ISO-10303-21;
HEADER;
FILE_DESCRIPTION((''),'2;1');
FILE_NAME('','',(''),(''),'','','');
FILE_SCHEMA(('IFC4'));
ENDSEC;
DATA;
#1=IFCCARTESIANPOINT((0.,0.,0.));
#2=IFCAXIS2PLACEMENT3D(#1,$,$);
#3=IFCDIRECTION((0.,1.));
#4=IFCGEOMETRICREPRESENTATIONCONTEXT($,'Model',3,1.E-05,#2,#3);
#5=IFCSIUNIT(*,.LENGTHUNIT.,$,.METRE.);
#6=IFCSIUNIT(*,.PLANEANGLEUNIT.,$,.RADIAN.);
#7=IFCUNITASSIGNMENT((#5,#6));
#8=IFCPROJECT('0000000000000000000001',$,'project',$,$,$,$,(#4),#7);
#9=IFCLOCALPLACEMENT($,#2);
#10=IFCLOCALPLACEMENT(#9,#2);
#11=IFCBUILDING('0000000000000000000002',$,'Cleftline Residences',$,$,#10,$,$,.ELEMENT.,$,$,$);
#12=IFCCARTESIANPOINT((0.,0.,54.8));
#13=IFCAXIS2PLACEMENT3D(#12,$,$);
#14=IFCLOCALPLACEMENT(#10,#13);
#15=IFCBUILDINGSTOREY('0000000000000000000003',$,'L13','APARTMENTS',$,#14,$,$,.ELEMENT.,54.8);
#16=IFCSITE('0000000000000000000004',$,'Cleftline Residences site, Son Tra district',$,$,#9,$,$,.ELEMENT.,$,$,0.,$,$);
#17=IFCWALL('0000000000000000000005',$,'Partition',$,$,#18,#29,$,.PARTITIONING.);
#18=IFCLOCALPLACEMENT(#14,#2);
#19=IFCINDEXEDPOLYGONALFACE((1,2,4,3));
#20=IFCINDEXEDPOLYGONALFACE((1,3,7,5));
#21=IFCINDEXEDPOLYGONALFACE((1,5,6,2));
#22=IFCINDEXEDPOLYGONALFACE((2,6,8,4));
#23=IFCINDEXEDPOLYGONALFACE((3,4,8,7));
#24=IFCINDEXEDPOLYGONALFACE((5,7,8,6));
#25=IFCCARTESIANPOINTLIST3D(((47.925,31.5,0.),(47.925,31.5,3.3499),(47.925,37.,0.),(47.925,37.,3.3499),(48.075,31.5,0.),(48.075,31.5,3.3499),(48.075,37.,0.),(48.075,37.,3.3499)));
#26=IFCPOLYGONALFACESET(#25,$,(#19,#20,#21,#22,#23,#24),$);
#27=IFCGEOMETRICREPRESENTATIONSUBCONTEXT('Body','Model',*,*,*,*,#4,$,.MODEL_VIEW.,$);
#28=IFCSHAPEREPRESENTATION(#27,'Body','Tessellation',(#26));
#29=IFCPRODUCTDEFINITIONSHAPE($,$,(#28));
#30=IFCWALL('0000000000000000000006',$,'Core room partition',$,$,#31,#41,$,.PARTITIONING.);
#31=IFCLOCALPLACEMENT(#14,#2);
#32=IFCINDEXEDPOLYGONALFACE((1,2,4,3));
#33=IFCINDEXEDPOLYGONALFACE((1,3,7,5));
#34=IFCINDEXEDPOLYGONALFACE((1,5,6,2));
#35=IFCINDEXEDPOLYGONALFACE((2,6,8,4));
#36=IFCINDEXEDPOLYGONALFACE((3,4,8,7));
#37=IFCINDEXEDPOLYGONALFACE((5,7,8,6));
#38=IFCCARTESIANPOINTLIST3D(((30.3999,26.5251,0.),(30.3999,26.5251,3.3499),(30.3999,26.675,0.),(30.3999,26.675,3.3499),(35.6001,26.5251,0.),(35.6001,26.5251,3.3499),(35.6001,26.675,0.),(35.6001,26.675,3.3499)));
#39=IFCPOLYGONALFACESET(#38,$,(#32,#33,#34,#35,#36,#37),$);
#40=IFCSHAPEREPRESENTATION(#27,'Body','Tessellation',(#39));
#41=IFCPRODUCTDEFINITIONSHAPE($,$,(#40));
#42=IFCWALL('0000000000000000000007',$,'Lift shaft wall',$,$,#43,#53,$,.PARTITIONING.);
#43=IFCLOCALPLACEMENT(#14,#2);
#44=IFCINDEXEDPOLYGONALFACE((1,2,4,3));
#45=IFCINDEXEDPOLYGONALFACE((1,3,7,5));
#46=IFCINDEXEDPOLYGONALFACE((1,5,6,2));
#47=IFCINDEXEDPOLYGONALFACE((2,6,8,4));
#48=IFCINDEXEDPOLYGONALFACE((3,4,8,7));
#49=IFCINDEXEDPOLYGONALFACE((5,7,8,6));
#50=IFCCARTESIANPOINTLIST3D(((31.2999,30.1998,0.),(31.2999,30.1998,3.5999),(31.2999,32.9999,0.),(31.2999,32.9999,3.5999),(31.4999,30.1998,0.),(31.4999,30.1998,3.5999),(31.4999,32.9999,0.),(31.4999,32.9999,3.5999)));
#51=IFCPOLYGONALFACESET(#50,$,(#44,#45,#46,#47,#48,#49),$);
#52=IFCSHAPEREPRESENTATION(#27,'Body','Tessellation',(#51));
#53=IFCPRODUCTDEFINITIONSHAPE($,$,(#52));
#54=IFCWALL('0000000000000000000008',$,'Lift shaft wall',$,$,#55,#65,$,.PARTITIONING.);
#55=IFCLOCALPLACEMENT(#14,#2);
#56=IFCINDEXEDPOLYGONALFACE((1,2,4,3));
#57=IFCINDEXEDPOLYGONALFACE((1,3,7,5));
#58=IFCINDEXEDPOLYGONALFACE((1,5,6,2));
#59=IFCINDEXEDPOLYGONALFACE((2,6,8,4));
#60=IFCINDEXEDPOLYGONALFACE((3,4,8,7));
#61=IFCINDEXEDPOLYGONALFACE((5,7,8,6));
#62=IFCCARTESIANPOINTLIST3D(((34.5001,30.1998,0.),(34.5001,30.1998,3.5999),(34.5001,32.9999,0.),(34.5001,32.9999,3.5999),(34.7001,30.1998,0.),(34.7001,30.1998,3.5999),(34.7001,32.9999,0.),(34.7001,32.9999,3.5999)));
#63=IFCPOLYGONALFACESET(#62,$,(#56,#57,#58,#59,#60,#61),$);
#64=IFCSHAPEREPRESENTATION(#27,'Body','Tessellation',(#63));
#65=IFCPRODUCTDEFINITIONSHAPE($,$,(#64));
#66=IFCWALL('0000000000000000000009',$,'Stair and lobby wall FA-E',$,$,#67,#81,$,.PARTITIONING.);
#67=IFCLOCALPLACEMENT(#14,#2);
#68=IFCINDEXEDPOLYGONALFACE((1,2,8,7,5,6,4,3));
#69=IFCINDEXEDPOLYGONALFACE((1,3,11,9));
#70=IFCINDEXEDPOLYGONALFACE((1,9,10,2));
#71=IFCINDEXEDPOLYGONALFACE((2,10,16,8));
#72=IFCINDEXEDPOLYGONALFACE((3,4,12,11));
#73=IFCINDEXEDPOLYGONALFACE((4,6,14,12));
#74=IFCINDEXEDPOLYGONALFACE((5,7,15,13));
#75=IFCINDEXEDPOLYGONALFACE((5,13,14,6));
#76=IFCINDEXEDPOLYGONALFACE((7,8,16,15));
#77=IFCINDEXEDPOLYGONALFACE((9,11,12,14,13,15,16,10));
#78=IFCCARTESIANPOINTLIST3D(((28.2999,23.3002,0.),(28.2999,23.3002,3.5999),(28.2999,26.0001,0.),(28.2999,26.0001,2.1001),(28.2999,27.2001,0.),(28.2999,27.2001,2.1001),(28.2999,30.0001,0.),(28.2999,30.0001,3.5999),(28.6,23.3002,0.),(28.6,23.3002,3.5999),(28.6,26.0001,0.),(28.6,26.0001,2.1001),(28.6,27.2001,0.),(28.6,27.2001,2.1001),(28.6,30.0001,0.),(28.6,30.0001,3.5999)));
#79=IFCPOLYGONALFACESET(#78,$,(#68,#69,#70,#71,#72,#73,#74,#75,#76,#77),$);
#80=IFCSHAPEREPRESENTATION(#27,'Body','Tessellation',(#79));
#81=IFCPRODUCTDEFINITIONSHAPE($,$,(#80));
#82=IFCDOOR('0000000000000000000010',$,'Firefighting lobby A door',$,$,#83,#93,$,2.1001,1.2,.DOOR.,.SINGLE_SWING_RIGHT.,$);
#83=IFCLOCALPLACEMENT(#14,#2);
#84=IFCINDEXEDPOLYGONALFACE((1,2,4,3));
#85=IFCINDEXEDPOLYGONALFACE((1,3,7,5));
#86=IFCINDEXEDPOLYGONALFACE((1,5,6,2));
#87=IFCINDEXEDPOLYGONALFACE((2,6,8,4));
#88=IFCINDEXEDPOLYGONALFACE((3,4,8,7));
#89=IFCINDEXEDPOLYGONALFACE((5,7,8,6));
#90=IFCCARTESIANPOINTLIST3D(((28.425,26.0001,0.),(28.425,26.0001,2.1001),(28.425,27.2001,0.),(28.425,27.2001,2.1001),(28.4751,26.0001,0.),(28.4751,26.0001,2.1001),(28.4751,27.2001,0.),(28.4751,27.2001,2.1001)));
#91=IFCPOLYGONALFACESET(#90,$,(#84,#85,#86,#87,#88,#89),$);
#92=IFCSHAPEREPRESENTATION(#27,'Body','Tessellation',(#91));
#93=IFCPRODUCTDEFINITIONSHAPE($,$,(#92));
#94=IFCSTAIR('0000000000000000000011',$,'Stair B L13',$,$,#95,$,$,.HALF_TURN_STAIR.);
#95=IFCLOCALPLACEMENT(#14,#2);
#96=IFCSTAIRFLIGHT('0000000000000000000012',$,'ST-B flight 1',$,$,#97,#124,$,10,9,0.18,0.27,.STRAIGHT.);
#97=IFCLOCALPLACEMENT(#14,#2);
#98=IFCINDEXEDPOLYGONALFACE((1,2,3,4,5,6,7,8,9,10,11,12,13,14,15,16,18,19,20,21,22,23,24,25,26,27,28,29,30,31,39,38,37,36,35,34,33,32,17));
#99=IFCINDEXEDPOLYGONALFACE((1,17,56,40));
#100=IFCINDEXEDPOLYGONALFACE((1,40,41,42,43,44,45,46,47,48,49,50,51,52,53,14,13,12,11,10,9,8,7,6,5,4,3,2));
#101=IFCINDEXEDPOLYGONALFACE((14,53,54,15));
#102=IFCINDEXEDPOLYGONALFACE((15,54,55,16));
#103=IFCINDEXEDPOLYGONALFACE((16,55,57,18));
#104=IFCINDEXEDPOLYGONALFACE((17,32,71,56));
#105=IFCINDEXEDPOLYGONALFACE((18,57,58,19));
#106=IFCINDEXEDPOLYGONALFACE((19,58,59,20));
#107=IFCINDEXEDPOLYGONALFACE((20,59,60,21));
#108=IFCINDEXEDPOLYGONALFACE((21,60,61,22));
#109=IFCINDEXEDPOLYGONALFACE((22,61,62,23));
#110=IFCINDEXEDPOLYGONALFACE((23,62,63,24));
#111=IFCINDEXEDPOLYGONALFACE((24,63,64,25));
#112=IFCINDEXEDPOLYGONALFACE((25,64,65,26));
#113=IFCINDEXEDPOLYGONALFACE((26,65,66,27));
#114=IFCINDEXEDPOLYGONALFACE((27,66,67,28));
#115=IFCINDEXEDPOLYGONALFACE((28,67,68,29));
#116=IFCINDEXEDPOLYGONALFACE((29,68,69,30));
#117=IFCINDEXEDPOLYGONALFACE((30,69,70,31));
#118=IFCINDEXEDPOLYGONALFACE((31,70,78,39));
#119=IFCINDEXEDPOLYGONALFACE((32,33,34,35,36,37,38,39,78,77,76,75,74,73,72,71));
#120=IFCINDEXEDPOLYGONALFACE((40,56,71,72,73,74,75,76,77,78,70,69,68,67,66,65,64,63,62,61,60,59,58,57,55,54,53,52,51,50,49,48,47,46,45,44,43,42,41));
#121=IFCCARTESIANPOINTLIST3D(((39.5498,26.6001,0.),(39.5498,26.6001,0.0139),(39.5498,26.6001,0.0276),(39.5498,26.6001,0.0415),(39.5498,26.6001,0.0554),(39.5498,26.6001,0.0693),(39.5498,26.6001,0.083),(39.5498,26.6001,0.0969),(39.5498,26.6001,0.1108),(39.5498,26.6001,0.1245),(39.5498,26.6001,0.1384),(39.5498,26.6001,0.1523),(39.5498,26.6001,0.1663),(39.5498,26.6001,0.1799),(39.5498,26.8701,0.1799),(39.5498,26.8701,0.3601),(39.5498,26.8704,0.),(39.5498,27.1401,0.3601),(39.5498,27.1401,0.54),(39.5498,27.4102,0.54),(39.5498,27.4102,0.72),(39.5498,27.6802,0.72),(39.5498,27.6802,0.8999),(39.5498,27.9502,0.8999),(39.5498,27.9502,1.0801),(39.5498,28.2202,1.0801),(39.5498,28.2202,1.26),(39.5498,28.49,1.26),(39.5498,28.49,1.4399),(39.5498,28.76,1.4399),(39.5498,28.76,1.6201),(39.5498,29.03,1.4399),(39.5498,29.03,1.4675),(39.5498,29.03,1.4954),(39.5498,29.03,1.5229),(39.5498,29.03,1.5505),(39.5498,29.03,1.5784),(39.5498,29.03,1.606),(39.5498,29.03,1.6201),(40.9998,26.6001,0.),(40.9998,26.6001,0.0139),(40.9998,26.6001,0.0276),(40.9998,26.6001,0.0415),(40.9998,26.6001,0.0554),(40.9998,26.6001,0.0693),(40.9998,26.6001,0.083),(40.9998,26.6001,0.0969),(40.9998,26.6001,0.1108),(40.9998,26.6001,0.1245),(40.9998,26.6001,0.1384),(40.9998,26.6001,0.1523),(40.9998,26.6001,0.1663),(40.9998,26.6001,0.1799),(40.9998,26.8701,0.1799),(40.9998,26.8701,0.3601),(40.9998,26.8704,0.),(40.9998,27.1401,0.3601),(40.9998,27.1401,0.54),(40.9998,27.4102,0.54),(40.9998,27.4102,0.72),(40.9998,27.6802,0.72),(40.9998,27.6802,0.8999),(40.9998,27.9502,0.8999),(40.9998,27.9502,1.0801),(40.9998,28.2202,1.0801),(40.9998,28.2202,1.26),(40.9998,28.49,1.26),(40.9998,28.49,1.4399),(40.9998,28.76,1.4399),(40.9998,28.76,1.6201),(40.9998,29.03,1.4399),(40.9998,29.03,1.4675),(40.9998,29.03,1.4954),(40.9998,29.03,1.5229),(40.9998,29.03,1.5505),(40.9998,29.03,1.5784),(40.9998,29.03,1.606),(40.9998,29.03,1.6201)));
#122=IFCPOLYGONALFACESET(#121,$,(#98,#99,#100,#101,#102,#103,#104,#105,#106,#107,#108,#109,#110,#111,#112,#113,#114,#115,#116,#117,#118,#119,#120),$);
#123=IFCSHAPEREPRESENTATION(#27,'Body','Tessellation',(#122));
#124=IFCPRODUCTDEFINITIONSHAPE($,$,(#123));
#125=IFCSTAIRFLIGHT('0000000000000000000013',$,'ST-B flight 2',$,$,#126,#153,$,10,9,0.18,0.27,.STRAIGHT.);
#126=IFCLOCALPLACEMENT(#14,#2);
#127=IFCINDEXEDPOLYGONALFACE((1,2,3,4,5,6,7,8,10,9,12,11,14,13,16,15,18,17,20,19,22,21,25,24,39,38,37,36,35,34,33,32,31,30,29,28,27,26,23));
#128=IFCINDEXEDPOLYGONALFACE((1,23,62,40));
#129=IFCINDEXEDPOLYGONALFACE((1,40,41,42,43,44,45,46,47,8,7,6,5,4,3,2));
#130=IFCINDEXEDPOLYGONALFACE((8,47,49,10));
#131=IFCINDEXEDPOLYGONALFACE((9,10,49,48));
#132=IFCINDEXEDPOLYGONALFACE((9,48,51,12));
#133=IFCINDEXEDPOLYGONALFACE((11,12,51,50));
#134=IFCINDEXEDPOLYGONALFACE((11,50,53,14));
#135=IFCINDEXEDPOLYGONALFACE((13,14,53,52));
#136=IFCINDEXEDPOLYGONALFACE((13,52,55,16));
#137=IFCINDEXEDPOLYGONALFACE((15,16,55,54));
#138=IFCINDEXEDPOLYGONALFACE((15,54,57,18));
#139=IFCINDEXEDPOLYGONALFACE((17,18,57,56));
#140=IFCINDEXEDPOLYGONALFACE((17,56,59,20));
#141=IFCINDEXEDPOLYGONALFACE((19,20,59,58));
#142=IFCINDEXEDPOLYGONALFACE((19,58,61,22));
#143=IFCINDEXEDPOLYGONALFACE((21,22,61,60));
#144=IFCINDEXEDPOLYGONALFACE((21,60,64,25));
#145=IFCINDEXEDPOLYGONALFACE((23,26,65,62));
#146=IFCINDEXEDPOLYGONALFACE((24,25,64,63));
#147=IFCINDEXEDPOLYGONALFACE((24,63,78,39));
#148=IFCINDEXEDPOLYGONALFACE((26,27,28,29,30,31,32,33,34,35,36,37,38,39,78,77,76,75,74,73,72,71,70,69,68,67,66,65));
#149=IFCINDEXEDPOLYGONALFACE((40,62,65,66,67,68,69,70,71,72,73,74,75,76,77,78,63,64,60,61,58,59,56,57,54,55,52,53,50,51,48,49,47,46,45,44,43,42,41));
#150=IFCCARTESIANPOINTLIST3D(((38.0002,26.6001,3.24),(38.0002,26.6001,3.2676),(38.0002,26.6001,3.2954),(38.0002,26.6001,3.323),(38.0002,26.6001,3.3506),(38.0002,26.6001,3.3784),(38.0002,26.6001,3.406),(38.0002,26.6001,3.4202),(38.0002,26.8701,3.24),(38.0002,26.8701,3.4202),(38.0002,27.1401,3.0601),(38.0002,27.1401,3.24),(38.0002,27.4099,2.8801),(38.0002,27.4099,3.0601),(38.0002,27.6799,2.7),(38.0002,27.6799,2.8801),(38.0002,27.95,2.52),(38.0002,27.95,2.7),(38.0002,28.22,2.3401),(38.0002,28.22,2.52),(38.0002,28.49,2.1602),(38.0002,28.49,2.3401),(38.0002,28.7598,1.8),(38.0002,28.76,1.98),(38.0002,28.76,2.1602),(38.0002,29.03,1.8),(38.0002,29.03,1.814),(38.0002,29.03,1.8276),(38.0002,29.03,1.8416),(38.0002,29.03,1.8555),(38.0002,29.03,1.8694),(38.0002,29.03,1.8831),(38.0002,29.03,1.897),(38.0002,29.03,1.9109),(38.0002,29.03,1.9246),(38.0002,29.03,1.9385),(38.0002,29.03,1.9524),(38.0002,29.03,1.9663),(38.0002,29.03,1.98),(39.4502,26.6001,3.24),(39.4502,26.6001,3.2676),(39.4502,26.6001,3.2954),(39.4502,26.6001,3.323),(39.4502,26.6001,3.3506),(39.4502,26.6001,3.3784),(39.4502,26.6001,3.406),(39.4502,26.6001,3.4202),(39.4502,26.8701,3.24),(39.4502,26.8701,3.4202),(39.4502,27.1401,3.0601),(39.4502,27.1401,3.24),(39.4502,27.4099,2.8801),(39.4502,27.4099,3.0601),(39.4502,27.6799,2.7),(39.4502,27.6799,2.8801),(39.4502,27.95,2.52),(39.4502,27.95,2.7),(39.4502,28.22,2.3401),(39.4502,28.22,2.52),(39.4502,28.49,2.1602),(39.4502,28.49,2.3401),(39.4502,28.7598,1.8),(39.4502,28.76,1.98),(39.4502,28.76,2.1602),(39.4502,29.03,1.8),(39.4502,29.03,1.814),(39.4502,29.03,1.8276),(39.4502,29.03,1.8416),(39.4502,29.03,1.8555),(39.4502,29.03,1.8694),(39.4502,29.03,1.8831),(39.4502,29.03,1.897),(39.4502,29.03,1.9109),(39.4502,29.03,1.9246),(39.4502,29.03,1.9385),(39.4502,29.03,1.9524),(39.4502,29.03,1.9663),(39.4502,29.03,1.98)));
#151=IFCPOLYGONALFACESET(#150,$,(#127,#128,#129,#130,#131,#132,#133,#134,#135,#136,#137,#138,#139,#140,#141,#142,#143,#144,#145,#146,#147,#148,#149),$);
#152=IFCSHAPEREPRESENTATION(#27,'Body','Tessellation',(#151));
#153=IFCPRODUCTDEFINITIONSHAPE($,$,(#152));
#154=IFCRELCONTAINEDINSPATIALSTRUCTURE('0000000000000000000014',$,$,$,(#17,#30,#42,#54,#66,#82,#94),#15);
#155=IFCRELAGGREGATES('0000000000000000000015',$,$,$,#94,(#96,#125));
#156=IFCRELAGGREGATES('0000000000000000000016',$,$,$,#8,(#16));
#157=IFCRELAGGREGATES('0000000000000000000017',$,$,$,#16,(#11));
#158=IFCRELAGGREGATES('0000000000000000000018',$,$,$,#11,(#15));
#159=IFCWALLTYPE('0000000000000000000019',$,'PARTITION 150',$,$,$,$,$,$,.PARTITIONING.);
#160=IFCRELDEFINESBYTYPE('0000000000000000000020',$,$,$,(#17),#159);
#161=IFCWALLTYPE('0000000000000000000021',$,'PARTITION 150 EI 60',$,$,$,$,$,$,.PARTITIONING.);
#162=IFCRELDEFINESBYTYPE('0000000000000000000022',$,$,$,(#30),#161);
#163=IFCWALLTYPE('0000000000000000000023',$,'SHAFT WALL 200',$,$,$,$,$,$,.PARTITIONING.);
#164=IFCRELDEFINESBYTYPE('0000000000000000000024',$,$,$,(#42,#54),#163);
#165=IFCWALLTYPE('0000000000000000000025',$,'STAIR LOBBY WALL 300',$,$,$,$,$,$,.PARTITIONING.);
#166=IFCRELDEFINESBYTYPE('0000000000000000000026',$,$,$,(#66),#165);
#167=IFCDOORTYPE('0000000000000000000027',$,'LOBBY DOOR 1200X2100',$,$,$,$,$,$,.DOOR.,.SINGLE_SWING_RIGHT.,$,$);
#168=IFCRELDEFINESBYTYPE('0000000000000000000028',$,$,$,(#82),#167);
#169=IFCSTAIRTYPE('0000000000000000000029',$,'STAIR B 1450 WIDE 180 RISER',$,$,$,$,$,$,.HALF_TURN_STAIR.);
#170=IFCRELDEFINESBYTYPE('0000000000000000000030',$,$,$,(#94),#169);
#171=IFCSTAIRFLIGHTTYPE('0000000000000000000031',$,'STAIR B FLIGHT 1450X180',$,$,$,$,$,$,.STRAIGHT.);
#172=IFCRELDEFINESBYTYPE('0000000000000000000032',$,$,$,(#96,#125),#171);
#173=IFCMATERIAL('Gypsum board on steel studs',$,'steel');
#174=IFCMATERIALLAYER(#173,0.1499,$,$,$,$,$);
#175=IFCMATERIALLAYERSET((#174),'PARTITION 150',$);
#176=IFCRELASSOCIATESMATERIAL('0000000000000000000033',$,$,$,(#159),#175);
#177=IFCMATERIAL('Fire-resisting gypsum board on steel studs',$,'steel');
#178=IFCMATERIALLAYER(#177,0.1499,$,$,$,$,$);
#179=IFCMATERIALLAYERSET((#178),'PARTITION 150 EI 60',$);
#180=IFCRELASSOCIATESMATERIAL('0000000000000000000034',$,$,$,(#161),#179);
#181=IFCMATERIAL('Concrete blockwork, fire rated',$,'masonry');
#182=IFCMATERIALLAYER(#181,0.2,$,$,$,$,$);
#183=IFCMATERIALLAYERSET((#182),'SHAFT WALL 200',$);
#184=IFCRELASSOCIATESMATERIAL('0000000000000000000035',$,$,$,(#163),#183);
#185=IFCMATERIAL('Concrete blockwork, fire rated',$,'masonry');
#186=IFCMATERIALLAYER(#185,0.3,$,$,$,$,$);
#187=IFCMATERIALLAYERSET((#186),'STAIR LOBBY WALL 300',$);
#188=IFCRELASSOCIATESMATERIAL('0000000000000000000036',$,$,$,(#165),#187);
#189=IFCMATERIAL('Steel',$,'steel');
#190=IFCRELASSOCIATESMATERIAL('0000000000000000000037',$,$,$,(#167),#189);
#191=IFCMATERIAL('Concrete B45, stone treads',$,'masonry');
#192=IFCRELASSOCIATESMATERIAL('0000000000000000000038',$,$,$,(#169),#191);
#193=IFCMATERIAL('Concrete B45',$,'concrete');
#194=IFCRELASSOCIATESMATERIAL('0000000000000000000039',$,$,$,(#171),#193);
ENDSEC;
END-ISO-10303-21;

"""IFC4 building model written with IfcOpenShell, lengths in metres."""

from ifc_helpers import new_model, si_unit, direction, frame, frame_2d, origin, place, context, subcontext, project, spatial, polyline, rectangle, outline, extrude, material, layer, layer_set, type_object, element, fill, aggregate, save


model = new_model("IFC4")

# Units and contexts
model_context = context("Model", 3, precision=1e-05, world=origin(), true_north=direction((0.0, 1.0)))
body_context = subcontext(model_context, "Body", "Model", "MODEL_VIEW")
ifc_project = project(units=[si_unit("LENGTHUNIT", "METRE"), si_unit("PLANEANGLEUNIT", "RADIAN")], contexts=[model_context])

# Site, building, storey
site_placement = place(None, origin())
site = spatial("IfcSite", under=ifc_project, at=site_placement, Name="Cleftline Residences site, Son Tra district", CompositionType="ELEMENT", RefElevation=0.0)
building_placement = place(site_placement, origin())
building = spatial("IfcBuilding", under=site, at=building_placement, Name="Cleftline Residences", CompositionType="ELEMENT")
storey_placement = place(building_placement, frame((0.0, 0.0, 54.8)))
storey = spatial("IfcBuildingStorey", under=building, at=storey_placement, Name="L13", Description="APARTMENTS", CompositionType="ELEMENT", Elevation=54.8)

# Shared definitions
ifc_material_1 = material(Name="Gypsum board on steel studs", Category="steel")
ifc_layer_1 = layer(ifc_material_1, 0.1499)
ifc_layer_set_1 = layer_set([ifc_layer_1], Name="PARTITION 150")
wall_type_1 = type_object("IfcWallType", Name="PARTITION 150", PredefinedType="PARTITIONING", material=ifc_layer_set_1)

# Walls
wall_1_placement = place(storey_placement, frame((48.0, 31.5, 0.0), z_axis=(0.0, 0.0, 1.0), x_axis=(0.0, 1.0, 0.0)))
element("IfcWall", 1, at=wall_1_placement, inside=storey, type_object=wall_type_1, Name="Partition", PredefinedType="PARTITIONING", context=body_context, shape_type="SweptSolid", body=[
    extrude(rectangle(XDim=5.5, YDim=0.1499, at=frame_2d((2.75, 0.0))), origin(), (0.0, 0.0, 1.0), 3.3499),
])
ifc_material_2 = material(Name="Fire-resisting gypsum board on steel studs", Category="steel")
ifc_layer_2 = layer(ifc_material_2, 0.1499)
ifc_layer_set_2 = layer_set([ifc_layer_2], Name="PARTITION 150 EI 60")
wall_type_2 = type_object("IfcWallType", Name="PARTITION 150 EI 60", PredefinedType="PARTITIONING", material=ifc_layer_set_2)
wall_2_placement = place(storey_placement, frame((30.3999, 26.6001, 0.0), z_axis=(0.0, 0.0, 1.0), x_axis=(1.0, 0.0, 0.0)))
element("IfcWall", 2, at=wall_2_placement, inside=storey, type_object=wall_type_2, Name="Core room partition", PredefinedType="PARTITIONING", context=body_context, shape_type="SweptSolid", body=[
    extrude(rectangle(XDim=5.2002, YDim=0.1499, at=frame_2d((2.6001, 0.0))), origin(), (0.0, 0.0, 1.0), 3.3499),
])
ifc_material_3 = material(Name="Concrete blockwork, fire rated", Category="masonry")
ifc_layer_3 = layer(ifc_material_3, 0.2)
ifc_layer_set_3 = layer_set([ifc_layer_3], Name="SHAFT WALL 200")
wall_type_3 = type_object("IfcWallType", Name="SHAFT WALL 200", PredefinedType="PARTITIONING", material=ifc_layer_set_3)
for number, where, z_axis, x_axis, name in (
    (3, (31.3999, 30.2, 0.0), (0.0, 0.0, 1.0), (0.0, 1.0, 0.0), "Lift shaft wall"),
    (4, (34.6001, 30.2, 0.0), (0.0, 0.0, 1.0), (0.0, 1.0, 0.0), "Lift shaft wall"),
):
    element("IfcWall", number, at=place(storey_placement, frame(where, z_axis=z_axis, x_axis=x_axis)), inside=storey, type_object=wall_type_3, Name=name, PredefinedType="PARTITIONING", context=body_context, shape_type="SweptSolid", body=[
        extrude(rectangle(XDim=2.8, YDim=0.2, at=frame_2d((1.3999, 0.0))), origin(), (0.0, 0.0, 1.0), 3.5999),
    ])

# Wall, opening, door
ifc_material_4 = material(Name="Concrete blockwork, fire rated", Category="masonry")
ifc_layer_4 = layer(ifc_material_4, 0.3)
ifc_layer_set_4 = layer_set([ifc_layer_4], Name="STAIR LOBBY WALL 300")
wall_type_4 = type_object("IfcWallType", Name="STAIR LOBBY WALL 300", PredefinedType="PARTITIONING", material=ifc_layer_set_4)
wall_3_placement = place(storey_placement, frame((28.45, 23.3, 0.0), z_axis=(0.0, 0.0, 1.0), x_axis=(0.0, 1.0, 0.0)))
wall_3 = element("IfcWall", 5, at=wall_3_placement, inside=storey, type_object=wall_type_4, Name="Stair and lobby wall FA-E", PredefinedType="PARTITIONING", context=body_context, shape_type="SweptSolid", body=[
    extrude(rectangle(XDim=6.7, YDim=0.3, at=frame_2d((3.3501, 0.0))), origin(), (0.0, 0.0, 1.0), 3.5999),
])
opening_1_placement = place(wall_3_placement, frame((2.7, 0.0, 0.0)))
opening_1 = element("IfcOpeningElement", 6, at=opening_1_placement, cuts=wall_3, PredefinedType="OPENING", context=body_context, shape_type="SweptSolid", body=[
    extrude(rectangle(XDim=1.2, YDim=2.1001, at=frame_2d((0.6001, 1.05))), frame((0.0, 0.1599, 0.0), z_axis=(0.0, -1.0, 0.0), x_axis=(1.0, 0.0, 0.0)), (0.0, 0.0, 1.0), 0.3201),
])
ifc_material_5 = material(Name="Steel", Category="steel")
door_type_1 = type_object("IfcDoorType", Name="LOBBY DOOR 1200X2100", OperationType="SINGLE_SWING_RIGHT", PredefinedType="DOOR", material=ifc_material_5)
door_1_placement = place(opening_1_placement, origin())
door_1 = element("IfcDoor", 7, at=door_1_placement, inside=storey, type_object=door_type_1, Name="Firefighting lobby A door", OperationType="SINGLE_SWING_RIGHT", OverallHeight=2.1001, OverallWidth=1.2, PredefinedType="DOOR", context=body_context, shape_type="SweptSolid", body=[
    extrude(rectangle(XDim=1.2, YDim=2.1001, at=frame_2d((0.6001, 1.05))), frame((0.0, 0.0249, 0.0), z_axis=(0.0, -1.0, 0.0), x_axis=(1.0, 0.0, 0.0)), (0.0, 0.0, 1.0), 0.05),
])
fill(opening_1, door_1)

# Stair, stair flights
ifc_material_6 = material(Name="Concrete B45, stone treads", Category="masonry")
stair_type = type_object("IfcStairType", Name="STAIR B 1450 WIDE 180 RISER", PredefinedType="HALF_TURN_STAIR", material=ifc_material_6)
stair_placement = place(storey_placement, origin())
stair = element("IfcStair", 8, at=stair_placement, inside=storey, type_object=stair_type, Name="Stair B L13", PredefinedType="HALF_TURN_STAIR")
ifc_material_7 = material(Name="Concrete B45", Category="concrete")
stair_flight_type = type_object("IfcStairFlightType", Name="STAIR B FLIGHT 1450X180", PredefinedType="STRAIGHT", material=ifc_material_7)
stair_flight_1_placement = place(storey_placement, frame((40.2749, 26.6001, 0.0), z_axis=(0.0, 0.0, 1.0), x_axis=(0.0, 1.0, 0.0)))
stair_flight_1 = element("IfcStairFlight", 9, at=stair_flight_1_placement, type_object=stair_flight_type, Name="ST-B flight 1", NumberOfRisers=10, NumberOfTreads=9, PredefinedType="STRAIGHT", RiserHeight=0.18, TreadLength=0.27, context=body_context, shape_type="SweptSolid", body=[
    extrude(outline(polyline([(0.0, 0.0), (0.0, 0.0139), (0.0, 0.0276), (0.0, 0.0415), (0.0, 0.0554), (0.0, 0.0693), (0.0, 0.083), (0.0, 0.0969), (0.0, 0.1108), (0.0, 0.1245), (0.0, 0.1384), (0.0, 0.1523), (0.0, 0.1663), (0.0, 0.1799), (0.27, 0.1799), (0.27, 0.3601), (0.54, 0.3601), (0.54, 0.54), (0.8101, 0.54), (0.8101, 0.72), (1.0801, 0.72), (1.0801, 0.8999), (1.3501, 0.8999), (1.3501, 1.0801), (1.6201, 1.0801), (1.6201, 1.26), (1.8899, 1.26), (1.8899, 1.4399), (2.1599, 1.4399), (2.1599, 1.6201), (2.4299, 1.6201), (2.4299, 1.8), (2.4299, 1.7722), (2.4299, 1.7446), (2.4299, 1.7168), (2.4299, 1.6892), (2.4299, 1.6614), (2.4299, 1.6338), (2.4299, 1.606), (2.4299, 1.5784), (2.4299, 1.5505), (2.4299, 1.5229), (2.4299, 1.4954), (2.4299, 1.4675), (2.4299, 1.4399), (0.2703, 0.0), (0.0, 0.0)])), frame((0.0, 0.7251, 0.0), z_axis=(0.0, -1.0, 0.0), x_axis=(1.0, 0.0, 0.0)), (0.0, 0.0, 1.0), 1.45),
])
stair_flight_2_placement = place(storey_placement, frame((38.7251, 29.03, 1.8), z_axis=(0.0, 0.0, 1.0), x_axis=(0.0, -1.0, 0.0)))
stair_flight_2 = element("IfcStairFlight", 10, at=stair_flight_2_placement, type_object=stair_flight_type, Name="ST-B flight 2", NumberOfRisers=10, NumberOfTreads=9, PredefinedType="STRAIGHT", RiserHeight=0.18, TreadLength=0.27, context=body_context, shape_type="SweptSolid", body=[
    extrude(outline(polyline([(0.0, 0.0), (0.0, 0.0139), (0.0, 0.0276), (0.0, 0.0415), (0.0, 0.0554), (0.0, 0.0693), (0.0, 0.083), (0.0, 0.0969), (0.0, 0.1108), (0.0, 0.1245), (0.0, 0.1384), (0.0, 0.1523), (0.0, 0.1663), (0.0, 0.1799), (0.27, 0.1799), (0.27, 0.3601), (0.54, 0.3601), (0.54, 0.54), (0.8101, 0.54), (0.8101, 0.72), (1.0801, 0.72), (1.0801, 0.8999), (1.3501, 0.8999), (1.3501, 1.0801), (1.6201, 1.0801), (1.6201, 1.26), (1.8899, 1.26), (1.8899, 1.4399), (2.1599, 1.4399), (2.1599, 1.6201), (2.4299, 1.6201), (2.4299, 1.8), (2.4299, 1.7722), (2.4299, 1.7446), (2.4299, 1.7168), (2.4299, 1.6892), (2.4299, 1.6614), (2.4299, 1.6338), (2.4299, 1.606), (2.4299, 1.5784), (2.4299, 1.5505), (2.4299, 1.5229), (2.4299, 1.4954), (2.4299, 1.4675), (2.4299, 1.4399), (0.2703, 0.0), (0.0, 0.0)])), frame((0.0, 0.7251, 0.0), z_axis=(0.0, -1.0, 0.0), x_axis=(1.0, 0.0, 0.0)), (0.0, 0.0, 1.0), 1.45),
])
aggregate(stair, [stair_flight_1, stair_flight_2])

save(model, "model.ifc")
